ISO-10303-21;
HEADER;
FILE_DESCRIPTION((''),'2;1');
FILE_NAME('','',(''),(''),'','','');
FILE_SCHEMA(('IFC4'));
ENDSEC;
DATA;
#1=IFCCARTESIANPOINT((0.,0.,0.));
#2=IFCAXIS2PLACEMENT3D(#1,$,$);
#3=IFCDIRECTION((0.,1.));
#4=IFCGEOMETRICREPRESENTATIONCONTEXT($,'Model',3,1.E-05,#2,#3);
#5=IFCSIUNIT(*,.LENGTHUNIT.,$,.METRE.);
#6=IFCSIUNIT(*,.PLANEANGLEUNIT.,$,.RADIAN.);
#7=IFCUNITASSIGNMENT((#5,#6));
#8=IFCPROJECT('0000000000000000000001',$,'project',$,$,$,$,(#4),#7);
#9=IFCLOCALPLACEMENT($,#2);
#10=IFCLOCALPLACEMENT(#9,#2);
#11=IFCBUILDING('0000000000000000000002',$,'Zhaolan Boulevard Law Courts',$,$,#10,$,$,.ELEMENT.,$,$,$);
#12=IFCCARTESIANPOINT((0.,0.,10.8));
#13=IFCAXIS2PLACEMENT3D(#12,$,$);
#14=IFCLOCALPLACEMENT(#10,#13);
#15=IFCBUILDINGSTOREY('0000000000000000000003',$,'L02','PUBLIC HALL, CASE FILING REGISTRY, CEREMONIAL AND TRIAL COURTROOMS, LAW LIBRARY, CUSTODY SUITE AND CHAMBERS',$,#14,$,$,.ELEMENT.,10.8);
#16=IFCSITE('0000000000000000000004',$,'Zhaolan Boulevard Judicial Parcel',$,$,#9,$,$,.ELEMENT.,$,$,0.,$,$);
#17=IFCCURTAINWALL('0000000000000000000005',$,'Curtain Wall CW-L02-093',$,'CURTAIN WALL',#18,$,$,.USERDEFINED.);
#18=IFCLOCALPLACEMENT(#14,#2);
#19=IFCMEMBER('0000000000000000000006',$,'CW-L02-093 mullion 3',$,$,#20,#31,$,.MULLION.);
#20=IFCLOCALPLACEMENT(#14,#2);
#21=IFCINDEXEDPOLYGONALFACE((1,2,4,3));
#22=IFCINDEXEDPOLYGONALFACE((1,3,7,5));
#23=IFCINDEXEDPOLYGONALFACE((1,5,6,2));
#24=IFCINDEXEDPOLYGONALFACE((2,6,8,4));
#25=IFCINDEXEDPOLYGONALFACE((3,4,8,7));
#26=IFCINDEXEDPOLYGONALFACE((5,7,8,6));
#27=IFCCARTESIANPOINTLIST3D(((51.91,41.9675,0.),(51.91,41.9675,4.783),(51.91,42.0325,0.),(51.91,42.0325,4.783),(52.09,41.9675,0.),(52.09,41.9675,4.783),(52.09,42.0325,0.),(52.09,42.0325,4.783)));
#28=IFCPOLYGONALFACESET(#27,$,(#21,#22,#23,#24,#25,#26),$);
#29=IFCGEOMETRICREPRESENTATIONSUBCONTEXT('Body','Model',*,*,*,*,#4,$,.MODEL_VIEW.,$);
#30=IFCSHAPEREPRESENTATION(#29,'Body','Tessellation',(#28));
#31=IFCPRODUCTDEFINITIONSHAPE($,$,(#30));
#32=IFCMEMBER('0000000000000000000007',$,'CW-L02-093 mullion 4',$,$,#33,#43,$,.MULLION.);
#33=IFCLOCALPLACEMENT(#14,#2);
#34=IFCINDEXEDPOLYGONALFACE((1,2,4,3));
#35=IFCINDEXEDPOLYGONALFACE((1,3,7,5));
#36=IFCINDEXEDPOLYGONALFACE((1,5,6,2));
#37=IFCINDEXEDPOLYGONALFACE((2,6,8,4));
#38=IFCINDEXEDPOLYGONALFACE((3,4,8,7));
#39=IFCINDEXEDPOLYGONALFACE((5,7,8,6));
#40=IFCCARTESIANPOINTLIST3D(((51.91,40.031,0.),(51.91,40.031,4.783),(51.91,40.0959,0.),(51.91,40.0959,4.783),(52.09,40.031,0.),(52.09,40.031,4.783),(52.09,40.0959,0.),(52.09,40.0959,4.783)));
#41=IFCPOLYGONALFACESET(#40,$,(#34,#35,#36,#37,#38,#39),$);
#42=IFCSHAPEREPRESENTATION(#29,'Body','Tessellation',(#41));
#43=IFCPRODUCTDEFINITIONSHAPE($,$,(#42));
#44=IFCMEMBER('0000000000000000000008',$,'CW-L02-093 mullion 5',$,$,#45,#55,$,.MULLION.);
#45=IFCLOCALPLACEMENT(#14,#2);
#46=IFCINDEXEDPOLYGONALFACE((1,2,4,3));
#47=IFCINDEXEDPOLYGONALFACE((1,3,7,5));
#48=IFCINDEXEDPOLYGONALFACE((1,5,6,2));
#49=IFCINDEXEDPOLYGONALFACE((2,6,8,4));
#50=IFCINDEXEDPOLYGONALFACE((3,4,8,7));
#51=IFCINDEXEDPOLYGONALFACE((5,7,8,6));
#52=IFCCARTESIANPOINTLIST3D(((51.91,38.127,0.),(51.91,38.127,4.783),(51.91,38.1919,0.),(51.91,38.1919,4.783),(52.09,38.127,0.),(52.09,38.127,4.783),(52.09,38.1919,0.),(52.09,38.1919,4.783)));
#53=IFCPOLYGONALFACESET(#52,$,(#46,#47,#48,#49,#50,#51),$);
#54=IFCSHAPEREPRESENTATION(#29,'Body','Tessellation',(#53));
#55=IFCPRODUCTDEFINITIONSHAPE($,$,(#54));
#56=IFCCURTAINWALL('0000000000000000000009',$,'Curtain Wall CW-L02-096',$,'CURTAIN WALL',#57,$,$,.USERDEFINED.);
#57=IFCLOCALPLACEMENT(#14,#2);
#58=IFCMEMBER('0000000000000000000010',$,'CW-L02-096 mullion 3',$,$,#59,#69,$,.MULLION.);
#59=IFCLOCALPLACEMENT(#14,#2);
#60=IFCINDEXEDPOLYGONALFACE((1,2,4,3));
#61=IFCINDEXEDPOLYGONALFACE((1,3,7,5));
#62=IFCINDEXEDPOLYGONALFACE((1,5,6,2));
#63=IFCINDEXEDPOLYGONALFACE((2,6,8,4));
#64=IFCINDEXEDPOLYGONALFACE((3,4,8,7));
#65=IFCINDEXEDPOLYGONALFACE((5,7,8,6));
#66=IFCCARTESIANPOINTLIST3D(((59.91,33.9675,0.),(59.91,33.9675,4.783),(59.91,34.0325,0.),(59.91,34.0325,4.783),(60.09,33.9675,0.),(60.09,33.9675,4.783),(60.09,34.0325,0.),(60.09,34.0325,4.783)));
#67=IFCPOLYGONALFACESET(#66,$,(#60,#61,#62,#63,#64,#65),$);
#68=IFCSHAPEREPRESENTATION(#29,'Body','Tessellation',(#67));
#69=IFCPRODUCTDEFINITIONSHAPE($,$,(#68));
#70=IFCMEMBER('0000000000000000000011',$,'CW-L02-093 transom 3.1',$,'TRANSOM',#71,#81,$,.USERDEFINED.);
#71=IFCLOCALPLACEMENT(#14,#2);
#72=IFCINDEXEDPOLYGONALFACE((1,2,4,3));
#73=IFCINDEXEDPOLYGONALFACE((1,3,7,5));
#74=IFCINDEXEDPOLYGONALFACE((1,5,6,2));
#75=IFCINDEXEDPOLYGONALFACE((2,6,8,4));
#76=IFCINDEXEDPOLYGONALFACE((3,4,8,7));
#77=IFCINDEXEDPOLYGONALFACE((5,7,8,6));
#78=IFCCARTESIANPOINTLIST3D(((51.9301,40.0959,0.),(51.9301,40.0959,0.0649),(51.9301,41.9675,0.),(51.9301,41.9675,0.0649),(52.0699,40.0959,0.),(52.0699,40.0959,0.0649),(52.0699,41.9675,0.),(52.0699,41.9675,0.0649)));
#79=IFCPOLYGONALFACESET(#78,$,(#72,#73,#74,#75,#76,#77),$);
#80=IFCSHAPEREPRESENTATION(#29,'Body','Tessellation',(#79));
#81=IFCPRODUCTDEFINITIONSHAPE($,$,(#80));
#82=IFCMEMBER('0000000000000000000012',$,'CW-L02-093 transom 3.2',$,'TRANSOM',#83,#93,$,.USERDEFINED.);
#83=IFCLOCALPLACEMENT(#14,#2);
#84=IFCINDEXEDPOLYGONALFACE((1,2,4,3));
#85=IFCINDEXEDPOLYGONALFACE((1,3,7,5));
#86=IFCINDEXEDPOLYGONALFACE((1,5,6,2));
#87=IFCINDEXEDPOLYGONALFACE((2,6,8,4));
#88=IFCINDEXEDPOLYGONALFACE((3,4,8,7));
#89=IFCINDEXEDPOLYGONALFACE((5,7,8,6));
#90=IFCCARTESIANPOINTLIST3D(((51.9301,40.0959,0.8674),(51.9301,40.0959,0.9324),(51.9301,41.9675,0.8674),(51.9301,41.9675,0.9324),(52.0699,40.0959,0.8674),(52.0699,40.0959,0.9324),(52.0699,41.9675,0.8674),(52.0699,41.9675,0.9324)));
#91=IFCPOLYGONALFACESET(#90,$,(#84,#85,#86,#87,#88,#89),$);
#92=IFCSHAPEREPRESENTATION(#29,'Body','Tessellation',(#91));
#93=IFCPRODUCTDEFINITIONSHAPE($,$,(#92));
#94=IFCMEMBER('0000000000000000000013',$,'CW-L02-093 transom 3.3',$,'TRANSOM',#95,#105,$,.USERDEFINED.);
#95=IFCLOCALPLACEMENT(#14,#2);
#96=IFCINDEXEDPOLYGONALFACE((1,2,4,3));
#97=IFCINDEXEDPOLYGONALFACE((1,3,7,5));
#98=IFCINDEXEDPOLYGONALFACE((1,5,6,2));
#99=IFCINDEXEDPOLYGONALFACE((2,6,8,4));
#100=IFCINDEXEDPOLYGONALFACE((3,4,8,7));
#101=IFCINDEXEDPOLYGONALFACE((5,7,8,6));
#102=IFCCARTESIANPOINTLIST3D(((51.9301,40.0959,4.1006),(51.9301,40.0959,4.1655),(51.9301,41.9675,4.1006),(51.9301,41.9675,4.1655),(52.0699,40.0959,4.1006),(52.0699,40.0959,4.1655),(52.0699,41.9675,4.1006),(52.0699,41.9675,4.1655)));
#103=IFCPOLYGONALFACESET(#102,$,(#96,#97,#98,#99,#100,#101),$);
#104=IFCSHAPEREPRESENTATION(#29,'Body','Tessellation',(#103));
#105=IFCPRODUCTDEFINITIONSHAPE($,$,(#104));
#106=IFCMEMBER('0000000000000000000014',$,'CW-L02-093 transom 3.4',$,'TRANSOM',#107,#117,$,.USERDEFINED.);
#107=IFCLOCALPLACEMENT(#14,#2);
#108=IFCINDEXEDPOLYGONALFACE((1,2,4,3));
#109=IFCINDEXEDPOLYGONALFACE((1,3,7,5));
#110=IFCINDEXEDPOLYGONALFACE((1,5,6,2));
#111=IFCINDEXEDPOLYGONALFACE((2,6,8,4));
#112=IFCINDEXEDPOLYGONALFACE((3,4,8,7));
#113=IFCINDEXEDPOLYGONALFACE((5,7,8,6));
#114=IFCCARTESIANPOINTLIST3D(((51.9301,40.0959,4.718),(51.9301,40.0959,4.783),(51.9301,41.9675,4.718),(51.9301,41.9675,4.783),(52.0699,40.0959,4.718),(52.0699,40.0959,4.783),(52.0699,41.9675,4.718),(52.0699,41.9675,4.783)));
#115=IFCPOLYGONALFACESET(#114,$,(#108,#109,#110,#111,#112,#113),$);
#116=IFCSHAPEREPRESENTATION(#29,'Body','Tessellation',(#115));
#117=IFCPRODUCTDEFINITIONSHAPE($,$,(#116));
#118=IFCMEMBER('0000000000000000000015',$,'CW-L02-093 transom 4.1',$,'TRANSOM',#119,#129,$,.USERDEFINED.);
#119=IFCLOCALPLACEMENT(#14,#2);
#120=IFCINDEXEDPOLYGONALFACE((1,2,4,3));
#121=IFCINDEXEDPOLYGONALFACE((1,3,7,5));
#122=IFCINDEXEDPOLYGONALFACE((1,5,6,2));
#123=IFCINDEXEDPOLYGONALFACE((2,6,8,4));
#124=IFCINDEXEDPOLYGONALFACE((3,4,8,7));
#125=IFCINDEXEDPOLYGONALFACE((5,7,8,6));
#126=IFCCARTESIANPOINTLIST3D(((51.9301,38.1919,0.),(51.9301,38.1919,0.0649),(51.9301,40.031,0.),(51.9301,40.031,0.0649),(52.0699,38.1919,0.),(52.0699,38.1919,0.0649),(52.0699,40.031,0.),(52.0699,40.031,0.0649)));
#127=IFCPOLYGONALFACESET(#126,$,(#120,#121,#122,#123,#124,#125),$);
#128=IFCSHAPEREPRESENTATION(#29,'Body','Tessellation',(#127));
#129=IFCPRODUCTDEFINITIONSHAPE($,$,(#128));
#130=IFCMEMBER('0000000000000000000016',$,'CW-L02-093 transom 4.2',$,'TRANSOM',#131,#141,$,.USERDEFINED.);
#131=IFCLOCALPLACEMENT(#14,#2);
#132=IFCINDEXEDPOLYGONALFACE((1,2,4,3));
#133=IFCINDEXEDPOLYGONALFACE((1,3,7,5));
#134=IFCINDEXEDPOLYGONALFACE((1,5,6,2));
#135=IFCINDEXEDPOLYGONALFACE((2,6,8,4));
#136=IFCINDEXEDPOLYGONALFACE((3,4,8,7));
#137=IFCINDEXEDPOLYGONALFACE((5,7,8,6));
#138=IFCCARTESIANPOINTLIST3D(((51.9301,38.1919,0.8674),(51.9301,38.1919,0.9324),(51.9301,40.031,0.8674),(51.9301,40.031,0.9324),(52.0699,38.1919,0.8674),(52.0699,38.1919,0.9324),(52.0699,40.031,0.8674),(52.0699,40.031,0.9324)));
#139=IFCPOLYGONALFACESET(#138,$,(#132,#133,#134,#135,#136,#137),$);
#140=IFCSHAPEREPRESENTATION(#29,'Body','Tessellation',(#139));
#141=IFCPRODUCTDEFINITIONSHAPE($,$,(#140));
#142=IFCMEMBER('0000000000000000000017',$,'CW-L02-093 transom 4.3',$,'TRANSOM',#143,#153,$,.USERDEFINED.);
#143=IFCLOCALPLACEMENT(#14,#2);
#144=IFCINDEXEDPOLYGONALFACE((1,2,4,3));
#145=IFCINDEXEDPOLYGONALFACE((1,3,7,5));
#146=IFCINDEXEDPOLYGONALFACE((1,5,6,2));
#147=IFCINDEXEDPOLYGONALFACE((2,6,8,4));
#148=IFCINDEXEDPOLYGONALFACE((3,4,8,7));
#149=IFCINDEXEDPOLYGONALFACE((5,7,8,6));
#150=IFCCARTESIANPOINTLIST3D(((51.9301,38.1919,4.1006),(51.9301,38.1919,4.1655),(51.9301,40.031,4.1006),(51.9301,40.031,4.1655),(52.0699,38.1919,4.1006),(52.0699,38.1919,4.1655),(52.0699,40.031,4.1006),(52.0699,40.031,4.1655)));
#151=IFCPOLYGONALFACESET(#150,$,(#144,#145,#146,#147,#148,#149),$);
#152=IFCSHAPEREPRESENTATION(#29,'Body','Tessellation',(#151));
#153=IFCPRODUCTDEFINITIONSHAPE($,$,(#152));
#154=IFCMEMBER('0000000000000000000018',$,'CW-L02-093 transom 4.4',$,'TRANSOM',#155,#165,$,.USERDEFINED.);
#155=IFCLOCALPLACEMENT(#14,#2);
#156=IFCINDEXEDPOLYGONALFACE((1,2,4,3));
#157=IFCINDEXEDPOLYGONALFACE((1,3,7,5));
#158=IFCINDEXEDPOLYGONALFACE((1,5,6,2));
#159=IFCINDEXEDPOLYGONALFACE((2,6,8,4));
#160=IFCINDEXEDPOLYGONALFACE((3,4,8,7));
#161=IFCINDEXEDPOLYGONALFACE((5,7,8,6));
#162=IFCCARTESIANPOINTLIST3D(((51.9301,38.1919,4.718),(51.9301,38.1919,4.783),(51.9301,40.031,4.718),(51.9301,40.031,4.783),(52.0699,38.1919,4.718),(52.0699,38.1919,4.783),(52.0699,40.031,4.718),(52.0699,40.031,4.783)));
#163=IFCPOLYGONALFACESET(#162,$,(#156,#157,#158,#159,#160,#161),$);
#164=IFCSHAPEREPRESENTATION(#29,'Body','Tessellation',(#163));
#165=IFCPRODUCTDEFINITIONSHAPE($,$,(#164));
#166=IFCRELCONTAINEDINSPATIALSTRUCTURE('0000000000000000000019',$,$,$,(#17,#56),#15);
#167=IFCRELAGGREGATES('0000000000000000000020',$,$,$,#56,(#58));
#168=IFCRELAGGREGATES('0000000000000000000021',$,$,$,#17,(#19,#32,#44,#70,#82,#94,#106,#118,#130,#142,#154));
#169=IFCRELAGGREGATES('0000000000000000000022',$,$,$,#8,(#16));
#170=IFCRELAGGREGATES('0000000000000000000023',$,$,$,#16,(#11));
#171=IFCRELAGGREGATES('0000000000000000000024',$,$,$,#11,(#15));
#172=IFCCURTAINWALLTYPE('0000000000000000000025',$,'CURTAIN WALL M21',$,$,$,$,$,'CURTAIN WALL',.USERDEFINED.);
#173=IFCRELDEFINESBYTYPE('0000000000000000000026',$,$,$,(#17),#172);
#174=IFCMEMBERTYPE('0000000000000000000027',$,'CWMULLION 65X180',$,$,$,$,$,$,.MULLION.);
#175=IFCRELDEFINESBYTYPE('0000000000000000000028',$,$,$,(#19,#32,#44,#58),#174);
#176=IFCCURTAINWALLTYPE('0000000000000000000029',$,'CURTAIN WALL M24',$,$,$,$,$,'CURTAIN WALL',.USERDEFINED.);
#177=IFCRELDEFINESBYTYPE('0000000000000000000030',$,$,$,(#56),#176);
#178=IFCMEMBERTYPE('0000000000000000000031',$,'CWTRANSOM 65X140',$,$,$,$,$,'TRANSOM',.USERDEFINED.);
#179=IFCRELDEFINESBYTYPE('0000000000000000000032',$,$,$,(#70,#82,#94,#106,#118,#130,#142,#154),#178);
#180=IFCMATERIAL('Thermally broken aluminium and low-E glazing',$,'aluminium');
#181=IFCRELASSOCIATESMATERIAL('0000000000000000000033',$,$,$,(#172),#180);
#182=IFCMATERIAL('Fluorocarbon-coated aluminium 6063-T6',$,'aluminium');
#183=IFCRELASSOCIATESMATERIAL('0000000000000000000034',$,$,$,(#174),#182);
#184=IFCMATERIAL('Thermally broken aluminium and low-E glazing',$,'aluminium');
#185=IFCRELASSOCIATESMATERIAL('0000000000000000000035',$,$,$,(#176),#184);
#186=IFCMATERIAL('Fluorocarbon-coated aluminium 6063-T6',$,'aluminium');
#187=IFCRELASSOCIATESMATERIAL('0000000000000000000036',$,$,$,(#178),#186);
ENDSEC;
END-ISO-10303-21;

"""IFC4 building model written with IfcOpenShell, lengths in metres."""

from ifc_helpers import new_model, si_unit, direction, frame, origin, origin_2d, place, context, subcontext, project, spatial, rectangle, extrude, material, material_profile, profile_set, type_object, element, aggregate, save


model = new_model("IFC4")

# Units and contexts
model_context = context("Model", 3, precision=1e-05, world=origin(), true_north=direction((0.0, 1.0)))
body_context = subcontext(model_context, "Body", "Model", "MODEL_VIEW")
ifc_project = project(units=[si_unit("LENGTHUNIT", "METRE"), si_unit("PLANEANGLEUNIT", "RADIAN")], contexts=[model_context])

# Site, building, storey
site_placement = place(None, origin())
site = spatial("IfcSite", under=ifc_project, at=site_placement, Name="Zhaolan Boulevard Judicial Parcel", CompositionType="ELEMENT", RefElevation=0.0)
building_placement = place(site_placement, origin())
building = spatial("IfcBuilding", under=site, at=building_placement, Name="Zhaolan Boulevard Law Courts", CompositionType="ELEMENT")
storey_placement = place(building_placement, frame((0.0, 0.0, 10.8)))
storey = spatial("IfcBuildingStorey", under=building, at=storey_placement, Name="L02", Description="PUBLIC HALL, CASE FILING REGISTRY, CEREMONIAL AND TRIAL COURTROOMS, LAW LIBRARY, CUSTODY SUITE AND CHAMBERS", CompositionType="ELEMENT", Elevation=10.8)

# Curtain wall, members
ifc_material_1 = material(Name="Thermally broken aluminium and low-E glazing", Category="aluminium")
curtain_wall_type_1 = type_object("IfcCurtainWallType", Name="CURTAIN WALL M21", ElementType="CURTAIN WALL", PredefinedType="USERDEFINED", material=ifc_material_1)
curtain_wall_1_placement = place(storey_placement, origin())
curtain_wall_1 = element("IfcCurtainWall", 1, at=curtain_wall_1_placement, inside=storey, type_object=curtain_wall_type_1, Name="Curtain Wall CW-L02-093", ObjectType="CURTAIN WALL", PredefinedType="USERDEFINED")
ifc_material_2 = material(Name="Fluorocarbon-coated aluminium 6063-T6", Category="aluminium")
ifc_material_profile_1 = material_profile(ifc_material_2, rectangle(XDim=0.1799, YDim=0.0649, at=origin_2d()), Name="AL65x180")
ifc_profile_set_1 = profile_set([ifc_material_profile_1], Name="Fluorocarbon-coated aluminium 6063-T6")
member_type_1 = type_object("IfcMemberType", Name="CWMULLION 65X180", PredefinedType="MULLION", material=ifc_profile_set_1)
member_1_placement = place(storey_placement, frame((52.0, 42.0, 0.0), z_axis=(0.0, 0.0, 1.0), x_axis=(1.0, 0.0, 0.0)))
member_1 = element("IfcMember", 2, at=member_1_placement, type_object=member_type_1, Name="CW-L02-093 mullion 3", PredefinedType="MULLION", context=body_context, shape_type="SweptSolid", body=[
    extrude(rectangle(XDim=0.1799, YDim=0.0649, at=origin_2d()), origin(), (0.0, 0.0, 1.0), 4.783),
])
member_2_placement = place(storey_placement, frame((52.0, 40.0635, 0.0), z_axis=(0.0, 0.0, 1.0), x_axis=(1.0, 0.0, 0.0)))
member_2 = element("IfcMember", 3, at=member_2_placement, type_object=member_type_1, Name="CW-L02-093 mullion 4", PredefinedType="MULLION", context=body_context, shape_type="SweptSolid", body=[
    extrude(rectangle(XDim=0.1799, YDim=0.0649, at=origin_2d()), origin(), (0.0, 0.0, 1.0), 4.783),
])
member_3_placement = place(storey_placement, frame((52.0, 38.1594, 0.0), z_axis=(0.0, 0.0, 1.0), x_axis=(1.0, 0.0, 0.0)))
member_3 = element("IfcMember", 4, at=member_3_placement, type_object=member_type_1, Name="CW-L02-093 mullion 5", PredefinedType="MULLION", context=body_context, shape_type="SweptSolid", body=[
    extrude(rectangle(XDim=0.1799, YDim=0.0649, at=origin_2d()), origin(), (0.0, 0.0, 1.0), 4.783),
])

# Curtain wall, member
ifc_material_3 = material(Name="Thermally broken aluminium and low-E glazing", Category="aluminium")
curtain_wall_type_2 = type_object("IfcCurtainWallType", Name="CURTAIN WALL M24", ElementType="CURTAIN WALL", PredefinedType="USERDEFINED", material=ifc_material_3)
curtain_wall_2_placement = place(storey_placement, origin())
curtain_wall_2 = element("IfcCurtainWall", 5, at=curtain_wall_2_placement, inside=storey, type_object=curtain_wall_type_2, Name="Curtain Wall CW-L02-096", ObjectType="CURTAIN WALL", PredefinedType="USERDEFINED")
member_4_placement = place(storey_placement, frame((60.0, 34.0, 0.0), z_axis=(0.0, 0.0, 1.0), x_axis=(-1.0, 0.0, 0.0)))
member_4 = element("IfcMember", 6, at=member_4_placement, type_object=member_type_1, Name="CW-L02-096 mullion 3", PredefinedType="MULLION", context=body_context, shape_type="SweptSolid", body=[
    extrude(rectangle(XDim=0.1799, YDim=0.0649, at=origin_2d()), origin(), (0.0, 0.0, 1.0), 4.783),
])
aggregate(curtain_wall_2, [member_4])

# Members
ifc_material_4 = material(Name="Fluorocarbon-coated aluminium 6063-T6", Category="aluminium")
ifc_material_profile_2 = material_profile(ifc_material_4, rectangle(XDim=0.1399, YDim=0.0649, at=origin_2d()), Name="AL65x140")
ifc_profile_set_2 = profile_set([ifc_material_profile_2], Name="Fluorocarbon-coated aluminium 6063-T6")
member_type_2 = type_object("IfcMemberType", Name="CWTRANSOM 65X140", ElementType="TRANSOM", PredefinedType="USERDEFINED", material=ifc_profile_set_2)
member_5_placement = place(storey_placement, frame((52.0, 41.9675, 0.0325), z_axis=(0.0, -1.0, 0.0), x_axis=(1.0, 0.0, 0.0)))
member_5 = element("IfcMember", 7, at=member_5_placement, type_object=member_type_2, Name="CW-L02-093 transom 3.1", ObjectType="TRANSOM", PredefinedType="USERDEFINED", context=body_context, shape_type="SweptSolid", body=[
    extrude(rectangle(XDim=0.1399, YDim=0.0649, at=origin_2d()), origin(), (0.0, 0.0, 1.0), 1.8716),
])
member_6_placement = place(storey_placement, frame((52.0, 41.9675, 0.8999), z_axis=(0.0, -1.0, 0.0), x_axis=(1.0, 0.0, 0.0)))
member_6 = element("IfcMember", 8, at=member_6_placement, type_object=member_type_2, Name="CW-L02-093 transom 3.2", ObjectType="TRANSOM", PredefinedType="USERDEFINED", context=body_context, shape_type="SweptSolid", body=[
    extrude(rectangle(XDim=0.1399, YDim=0.0649, at=origin_2d()), origin(), (0.0, 0.0, 1.0), 1.8716),
])
member_7_placement = place(storey_placement, frame((52.0, 41.9675, 4.1331), z_axis=(0.0, -1.0, 0.0), x_axis=(1.0, 0.0, 0.0)))
member_7 = element("IfcMember", 9, at=member_7_placement, type_object=member_type_2, Name="CW-L02-093 transom 3.3", ObjectType="TRANSOM", PredefinedType="USERDEFINED", context=body_context, shape_type="SweptSolid", body=[
    extrude(rectangle(XDim=0.1399, YDim=0.0649, at=origin_2d()), origin(), (0.0, 0.0, 1.0), 1.8716),
])
member_8_placement = place(storey_placement, frame((52.0, 41.9675, 4.7505), z_axis=(0.0, -1.0, 0.0), x_axis=(1.0, 0.0, 0.0)))
member_8 = element("IfcMember", 10, at=member_8_placement, type_object=member_type_2, Name="CW-L02-093 transom 3.4", ObjectType="TRANSOM", PredefinedType="USERDEFINED", context=body_context, shape_type="SweptSolid", body=[
    extrude(rectangle(XDim=0.1399, YDim=0.0649, at=origin_2d()), origin(), (0.0, 0.0, 1.0), 1.8716),
])
member_9_placement = place(storey_placement, frame((52.0, 40.031, 0.0325), z_axis=(0.0, -1.0, 0.0), x_axis=(1.0, 0.0, 0.0)))
member_9 = element("IfcMember", 11, at=member_9_placement, type_object=member_type_2, Name="CW-L02-093 transom 4.1", ObjectType="TRANSOM", PredefinedType="USERDEFINED", context=body_context, shape_type="SweptSolid", body=[
    extrude(rectangle(XDim=0.1399, YDim=0.0649, at=origin_2d()), origin(), (0.0, 0.0, 1.0), 1.8391),
])
member_10_placement = place(storey_placement, frame((52.0, 40.031, 0.8999), z_axis=(0.0, -1.0, 0.0), x_axis=(1.0, 0.0, 0.0)))
member_10 = element("IfcMember", 12, at=member_10_placement, type_object=member_type_2, Name="CW-L02-093 transom 4.2", ObjectType="TRANSOM", PredefinedType="USERDEFINED", context=body_context, shape_type="SweptSolid", body=[
    extrude(rectangle(XDim=0.1399, YDim=0.0649, at=origin_2d()), origin(), (0.0, 0.0, 1.0), 1.8391),
])
member_11_placement = place(storey_placement, frame((52.0, 40.031, 4.1331), z_axis=(0.0, -1.0, 0.0), x_axis=(1.0, 0.0, 0.0)))
member_11 = element("IfcMember", 13, at=member_11_placement, type_object=member_type_2, Name="CW-L02-093 transom 4.3", ObjectType="TRANSOM", PredefinedType="USERDEFINED", context=body_context, shape_type="SweptSolid", body=[
    extrude(rectangle(XDim=0.1399, YDim=0.0649, at=origin_2d()), origin(), (0.0, 0.0, 1.0), 1.8391),
])
member_12_placement = place(storey_placement, frame((52.0, 40.031, 4.7505), z_axis=(0.0, -1.0, 0.0), x_axis=(1.0, 0.0, 0.0)))
member_12 = element("IfcMember", 14, at=member_12_placement, type_object=member_type_2, Name="CW-L02-093 transom 4.4", ObjectType="TRANSOM", PredefinedType="USERDEFINED", context=body_context, shape_type="SweptSolid", body=[
    extrude(rectangle(XDim=0.1399, YDim=0.0649, at=origin_2d()), origin(), (0.0, 0.0, 1.0), 1.8391),
])

aggregate(curtain_wall_1, [member_1, member_2, member_3, member_5, member_6, member_7, member_8, member_9, member_10, member_11, member_12])

save(model, "model.ifc")
